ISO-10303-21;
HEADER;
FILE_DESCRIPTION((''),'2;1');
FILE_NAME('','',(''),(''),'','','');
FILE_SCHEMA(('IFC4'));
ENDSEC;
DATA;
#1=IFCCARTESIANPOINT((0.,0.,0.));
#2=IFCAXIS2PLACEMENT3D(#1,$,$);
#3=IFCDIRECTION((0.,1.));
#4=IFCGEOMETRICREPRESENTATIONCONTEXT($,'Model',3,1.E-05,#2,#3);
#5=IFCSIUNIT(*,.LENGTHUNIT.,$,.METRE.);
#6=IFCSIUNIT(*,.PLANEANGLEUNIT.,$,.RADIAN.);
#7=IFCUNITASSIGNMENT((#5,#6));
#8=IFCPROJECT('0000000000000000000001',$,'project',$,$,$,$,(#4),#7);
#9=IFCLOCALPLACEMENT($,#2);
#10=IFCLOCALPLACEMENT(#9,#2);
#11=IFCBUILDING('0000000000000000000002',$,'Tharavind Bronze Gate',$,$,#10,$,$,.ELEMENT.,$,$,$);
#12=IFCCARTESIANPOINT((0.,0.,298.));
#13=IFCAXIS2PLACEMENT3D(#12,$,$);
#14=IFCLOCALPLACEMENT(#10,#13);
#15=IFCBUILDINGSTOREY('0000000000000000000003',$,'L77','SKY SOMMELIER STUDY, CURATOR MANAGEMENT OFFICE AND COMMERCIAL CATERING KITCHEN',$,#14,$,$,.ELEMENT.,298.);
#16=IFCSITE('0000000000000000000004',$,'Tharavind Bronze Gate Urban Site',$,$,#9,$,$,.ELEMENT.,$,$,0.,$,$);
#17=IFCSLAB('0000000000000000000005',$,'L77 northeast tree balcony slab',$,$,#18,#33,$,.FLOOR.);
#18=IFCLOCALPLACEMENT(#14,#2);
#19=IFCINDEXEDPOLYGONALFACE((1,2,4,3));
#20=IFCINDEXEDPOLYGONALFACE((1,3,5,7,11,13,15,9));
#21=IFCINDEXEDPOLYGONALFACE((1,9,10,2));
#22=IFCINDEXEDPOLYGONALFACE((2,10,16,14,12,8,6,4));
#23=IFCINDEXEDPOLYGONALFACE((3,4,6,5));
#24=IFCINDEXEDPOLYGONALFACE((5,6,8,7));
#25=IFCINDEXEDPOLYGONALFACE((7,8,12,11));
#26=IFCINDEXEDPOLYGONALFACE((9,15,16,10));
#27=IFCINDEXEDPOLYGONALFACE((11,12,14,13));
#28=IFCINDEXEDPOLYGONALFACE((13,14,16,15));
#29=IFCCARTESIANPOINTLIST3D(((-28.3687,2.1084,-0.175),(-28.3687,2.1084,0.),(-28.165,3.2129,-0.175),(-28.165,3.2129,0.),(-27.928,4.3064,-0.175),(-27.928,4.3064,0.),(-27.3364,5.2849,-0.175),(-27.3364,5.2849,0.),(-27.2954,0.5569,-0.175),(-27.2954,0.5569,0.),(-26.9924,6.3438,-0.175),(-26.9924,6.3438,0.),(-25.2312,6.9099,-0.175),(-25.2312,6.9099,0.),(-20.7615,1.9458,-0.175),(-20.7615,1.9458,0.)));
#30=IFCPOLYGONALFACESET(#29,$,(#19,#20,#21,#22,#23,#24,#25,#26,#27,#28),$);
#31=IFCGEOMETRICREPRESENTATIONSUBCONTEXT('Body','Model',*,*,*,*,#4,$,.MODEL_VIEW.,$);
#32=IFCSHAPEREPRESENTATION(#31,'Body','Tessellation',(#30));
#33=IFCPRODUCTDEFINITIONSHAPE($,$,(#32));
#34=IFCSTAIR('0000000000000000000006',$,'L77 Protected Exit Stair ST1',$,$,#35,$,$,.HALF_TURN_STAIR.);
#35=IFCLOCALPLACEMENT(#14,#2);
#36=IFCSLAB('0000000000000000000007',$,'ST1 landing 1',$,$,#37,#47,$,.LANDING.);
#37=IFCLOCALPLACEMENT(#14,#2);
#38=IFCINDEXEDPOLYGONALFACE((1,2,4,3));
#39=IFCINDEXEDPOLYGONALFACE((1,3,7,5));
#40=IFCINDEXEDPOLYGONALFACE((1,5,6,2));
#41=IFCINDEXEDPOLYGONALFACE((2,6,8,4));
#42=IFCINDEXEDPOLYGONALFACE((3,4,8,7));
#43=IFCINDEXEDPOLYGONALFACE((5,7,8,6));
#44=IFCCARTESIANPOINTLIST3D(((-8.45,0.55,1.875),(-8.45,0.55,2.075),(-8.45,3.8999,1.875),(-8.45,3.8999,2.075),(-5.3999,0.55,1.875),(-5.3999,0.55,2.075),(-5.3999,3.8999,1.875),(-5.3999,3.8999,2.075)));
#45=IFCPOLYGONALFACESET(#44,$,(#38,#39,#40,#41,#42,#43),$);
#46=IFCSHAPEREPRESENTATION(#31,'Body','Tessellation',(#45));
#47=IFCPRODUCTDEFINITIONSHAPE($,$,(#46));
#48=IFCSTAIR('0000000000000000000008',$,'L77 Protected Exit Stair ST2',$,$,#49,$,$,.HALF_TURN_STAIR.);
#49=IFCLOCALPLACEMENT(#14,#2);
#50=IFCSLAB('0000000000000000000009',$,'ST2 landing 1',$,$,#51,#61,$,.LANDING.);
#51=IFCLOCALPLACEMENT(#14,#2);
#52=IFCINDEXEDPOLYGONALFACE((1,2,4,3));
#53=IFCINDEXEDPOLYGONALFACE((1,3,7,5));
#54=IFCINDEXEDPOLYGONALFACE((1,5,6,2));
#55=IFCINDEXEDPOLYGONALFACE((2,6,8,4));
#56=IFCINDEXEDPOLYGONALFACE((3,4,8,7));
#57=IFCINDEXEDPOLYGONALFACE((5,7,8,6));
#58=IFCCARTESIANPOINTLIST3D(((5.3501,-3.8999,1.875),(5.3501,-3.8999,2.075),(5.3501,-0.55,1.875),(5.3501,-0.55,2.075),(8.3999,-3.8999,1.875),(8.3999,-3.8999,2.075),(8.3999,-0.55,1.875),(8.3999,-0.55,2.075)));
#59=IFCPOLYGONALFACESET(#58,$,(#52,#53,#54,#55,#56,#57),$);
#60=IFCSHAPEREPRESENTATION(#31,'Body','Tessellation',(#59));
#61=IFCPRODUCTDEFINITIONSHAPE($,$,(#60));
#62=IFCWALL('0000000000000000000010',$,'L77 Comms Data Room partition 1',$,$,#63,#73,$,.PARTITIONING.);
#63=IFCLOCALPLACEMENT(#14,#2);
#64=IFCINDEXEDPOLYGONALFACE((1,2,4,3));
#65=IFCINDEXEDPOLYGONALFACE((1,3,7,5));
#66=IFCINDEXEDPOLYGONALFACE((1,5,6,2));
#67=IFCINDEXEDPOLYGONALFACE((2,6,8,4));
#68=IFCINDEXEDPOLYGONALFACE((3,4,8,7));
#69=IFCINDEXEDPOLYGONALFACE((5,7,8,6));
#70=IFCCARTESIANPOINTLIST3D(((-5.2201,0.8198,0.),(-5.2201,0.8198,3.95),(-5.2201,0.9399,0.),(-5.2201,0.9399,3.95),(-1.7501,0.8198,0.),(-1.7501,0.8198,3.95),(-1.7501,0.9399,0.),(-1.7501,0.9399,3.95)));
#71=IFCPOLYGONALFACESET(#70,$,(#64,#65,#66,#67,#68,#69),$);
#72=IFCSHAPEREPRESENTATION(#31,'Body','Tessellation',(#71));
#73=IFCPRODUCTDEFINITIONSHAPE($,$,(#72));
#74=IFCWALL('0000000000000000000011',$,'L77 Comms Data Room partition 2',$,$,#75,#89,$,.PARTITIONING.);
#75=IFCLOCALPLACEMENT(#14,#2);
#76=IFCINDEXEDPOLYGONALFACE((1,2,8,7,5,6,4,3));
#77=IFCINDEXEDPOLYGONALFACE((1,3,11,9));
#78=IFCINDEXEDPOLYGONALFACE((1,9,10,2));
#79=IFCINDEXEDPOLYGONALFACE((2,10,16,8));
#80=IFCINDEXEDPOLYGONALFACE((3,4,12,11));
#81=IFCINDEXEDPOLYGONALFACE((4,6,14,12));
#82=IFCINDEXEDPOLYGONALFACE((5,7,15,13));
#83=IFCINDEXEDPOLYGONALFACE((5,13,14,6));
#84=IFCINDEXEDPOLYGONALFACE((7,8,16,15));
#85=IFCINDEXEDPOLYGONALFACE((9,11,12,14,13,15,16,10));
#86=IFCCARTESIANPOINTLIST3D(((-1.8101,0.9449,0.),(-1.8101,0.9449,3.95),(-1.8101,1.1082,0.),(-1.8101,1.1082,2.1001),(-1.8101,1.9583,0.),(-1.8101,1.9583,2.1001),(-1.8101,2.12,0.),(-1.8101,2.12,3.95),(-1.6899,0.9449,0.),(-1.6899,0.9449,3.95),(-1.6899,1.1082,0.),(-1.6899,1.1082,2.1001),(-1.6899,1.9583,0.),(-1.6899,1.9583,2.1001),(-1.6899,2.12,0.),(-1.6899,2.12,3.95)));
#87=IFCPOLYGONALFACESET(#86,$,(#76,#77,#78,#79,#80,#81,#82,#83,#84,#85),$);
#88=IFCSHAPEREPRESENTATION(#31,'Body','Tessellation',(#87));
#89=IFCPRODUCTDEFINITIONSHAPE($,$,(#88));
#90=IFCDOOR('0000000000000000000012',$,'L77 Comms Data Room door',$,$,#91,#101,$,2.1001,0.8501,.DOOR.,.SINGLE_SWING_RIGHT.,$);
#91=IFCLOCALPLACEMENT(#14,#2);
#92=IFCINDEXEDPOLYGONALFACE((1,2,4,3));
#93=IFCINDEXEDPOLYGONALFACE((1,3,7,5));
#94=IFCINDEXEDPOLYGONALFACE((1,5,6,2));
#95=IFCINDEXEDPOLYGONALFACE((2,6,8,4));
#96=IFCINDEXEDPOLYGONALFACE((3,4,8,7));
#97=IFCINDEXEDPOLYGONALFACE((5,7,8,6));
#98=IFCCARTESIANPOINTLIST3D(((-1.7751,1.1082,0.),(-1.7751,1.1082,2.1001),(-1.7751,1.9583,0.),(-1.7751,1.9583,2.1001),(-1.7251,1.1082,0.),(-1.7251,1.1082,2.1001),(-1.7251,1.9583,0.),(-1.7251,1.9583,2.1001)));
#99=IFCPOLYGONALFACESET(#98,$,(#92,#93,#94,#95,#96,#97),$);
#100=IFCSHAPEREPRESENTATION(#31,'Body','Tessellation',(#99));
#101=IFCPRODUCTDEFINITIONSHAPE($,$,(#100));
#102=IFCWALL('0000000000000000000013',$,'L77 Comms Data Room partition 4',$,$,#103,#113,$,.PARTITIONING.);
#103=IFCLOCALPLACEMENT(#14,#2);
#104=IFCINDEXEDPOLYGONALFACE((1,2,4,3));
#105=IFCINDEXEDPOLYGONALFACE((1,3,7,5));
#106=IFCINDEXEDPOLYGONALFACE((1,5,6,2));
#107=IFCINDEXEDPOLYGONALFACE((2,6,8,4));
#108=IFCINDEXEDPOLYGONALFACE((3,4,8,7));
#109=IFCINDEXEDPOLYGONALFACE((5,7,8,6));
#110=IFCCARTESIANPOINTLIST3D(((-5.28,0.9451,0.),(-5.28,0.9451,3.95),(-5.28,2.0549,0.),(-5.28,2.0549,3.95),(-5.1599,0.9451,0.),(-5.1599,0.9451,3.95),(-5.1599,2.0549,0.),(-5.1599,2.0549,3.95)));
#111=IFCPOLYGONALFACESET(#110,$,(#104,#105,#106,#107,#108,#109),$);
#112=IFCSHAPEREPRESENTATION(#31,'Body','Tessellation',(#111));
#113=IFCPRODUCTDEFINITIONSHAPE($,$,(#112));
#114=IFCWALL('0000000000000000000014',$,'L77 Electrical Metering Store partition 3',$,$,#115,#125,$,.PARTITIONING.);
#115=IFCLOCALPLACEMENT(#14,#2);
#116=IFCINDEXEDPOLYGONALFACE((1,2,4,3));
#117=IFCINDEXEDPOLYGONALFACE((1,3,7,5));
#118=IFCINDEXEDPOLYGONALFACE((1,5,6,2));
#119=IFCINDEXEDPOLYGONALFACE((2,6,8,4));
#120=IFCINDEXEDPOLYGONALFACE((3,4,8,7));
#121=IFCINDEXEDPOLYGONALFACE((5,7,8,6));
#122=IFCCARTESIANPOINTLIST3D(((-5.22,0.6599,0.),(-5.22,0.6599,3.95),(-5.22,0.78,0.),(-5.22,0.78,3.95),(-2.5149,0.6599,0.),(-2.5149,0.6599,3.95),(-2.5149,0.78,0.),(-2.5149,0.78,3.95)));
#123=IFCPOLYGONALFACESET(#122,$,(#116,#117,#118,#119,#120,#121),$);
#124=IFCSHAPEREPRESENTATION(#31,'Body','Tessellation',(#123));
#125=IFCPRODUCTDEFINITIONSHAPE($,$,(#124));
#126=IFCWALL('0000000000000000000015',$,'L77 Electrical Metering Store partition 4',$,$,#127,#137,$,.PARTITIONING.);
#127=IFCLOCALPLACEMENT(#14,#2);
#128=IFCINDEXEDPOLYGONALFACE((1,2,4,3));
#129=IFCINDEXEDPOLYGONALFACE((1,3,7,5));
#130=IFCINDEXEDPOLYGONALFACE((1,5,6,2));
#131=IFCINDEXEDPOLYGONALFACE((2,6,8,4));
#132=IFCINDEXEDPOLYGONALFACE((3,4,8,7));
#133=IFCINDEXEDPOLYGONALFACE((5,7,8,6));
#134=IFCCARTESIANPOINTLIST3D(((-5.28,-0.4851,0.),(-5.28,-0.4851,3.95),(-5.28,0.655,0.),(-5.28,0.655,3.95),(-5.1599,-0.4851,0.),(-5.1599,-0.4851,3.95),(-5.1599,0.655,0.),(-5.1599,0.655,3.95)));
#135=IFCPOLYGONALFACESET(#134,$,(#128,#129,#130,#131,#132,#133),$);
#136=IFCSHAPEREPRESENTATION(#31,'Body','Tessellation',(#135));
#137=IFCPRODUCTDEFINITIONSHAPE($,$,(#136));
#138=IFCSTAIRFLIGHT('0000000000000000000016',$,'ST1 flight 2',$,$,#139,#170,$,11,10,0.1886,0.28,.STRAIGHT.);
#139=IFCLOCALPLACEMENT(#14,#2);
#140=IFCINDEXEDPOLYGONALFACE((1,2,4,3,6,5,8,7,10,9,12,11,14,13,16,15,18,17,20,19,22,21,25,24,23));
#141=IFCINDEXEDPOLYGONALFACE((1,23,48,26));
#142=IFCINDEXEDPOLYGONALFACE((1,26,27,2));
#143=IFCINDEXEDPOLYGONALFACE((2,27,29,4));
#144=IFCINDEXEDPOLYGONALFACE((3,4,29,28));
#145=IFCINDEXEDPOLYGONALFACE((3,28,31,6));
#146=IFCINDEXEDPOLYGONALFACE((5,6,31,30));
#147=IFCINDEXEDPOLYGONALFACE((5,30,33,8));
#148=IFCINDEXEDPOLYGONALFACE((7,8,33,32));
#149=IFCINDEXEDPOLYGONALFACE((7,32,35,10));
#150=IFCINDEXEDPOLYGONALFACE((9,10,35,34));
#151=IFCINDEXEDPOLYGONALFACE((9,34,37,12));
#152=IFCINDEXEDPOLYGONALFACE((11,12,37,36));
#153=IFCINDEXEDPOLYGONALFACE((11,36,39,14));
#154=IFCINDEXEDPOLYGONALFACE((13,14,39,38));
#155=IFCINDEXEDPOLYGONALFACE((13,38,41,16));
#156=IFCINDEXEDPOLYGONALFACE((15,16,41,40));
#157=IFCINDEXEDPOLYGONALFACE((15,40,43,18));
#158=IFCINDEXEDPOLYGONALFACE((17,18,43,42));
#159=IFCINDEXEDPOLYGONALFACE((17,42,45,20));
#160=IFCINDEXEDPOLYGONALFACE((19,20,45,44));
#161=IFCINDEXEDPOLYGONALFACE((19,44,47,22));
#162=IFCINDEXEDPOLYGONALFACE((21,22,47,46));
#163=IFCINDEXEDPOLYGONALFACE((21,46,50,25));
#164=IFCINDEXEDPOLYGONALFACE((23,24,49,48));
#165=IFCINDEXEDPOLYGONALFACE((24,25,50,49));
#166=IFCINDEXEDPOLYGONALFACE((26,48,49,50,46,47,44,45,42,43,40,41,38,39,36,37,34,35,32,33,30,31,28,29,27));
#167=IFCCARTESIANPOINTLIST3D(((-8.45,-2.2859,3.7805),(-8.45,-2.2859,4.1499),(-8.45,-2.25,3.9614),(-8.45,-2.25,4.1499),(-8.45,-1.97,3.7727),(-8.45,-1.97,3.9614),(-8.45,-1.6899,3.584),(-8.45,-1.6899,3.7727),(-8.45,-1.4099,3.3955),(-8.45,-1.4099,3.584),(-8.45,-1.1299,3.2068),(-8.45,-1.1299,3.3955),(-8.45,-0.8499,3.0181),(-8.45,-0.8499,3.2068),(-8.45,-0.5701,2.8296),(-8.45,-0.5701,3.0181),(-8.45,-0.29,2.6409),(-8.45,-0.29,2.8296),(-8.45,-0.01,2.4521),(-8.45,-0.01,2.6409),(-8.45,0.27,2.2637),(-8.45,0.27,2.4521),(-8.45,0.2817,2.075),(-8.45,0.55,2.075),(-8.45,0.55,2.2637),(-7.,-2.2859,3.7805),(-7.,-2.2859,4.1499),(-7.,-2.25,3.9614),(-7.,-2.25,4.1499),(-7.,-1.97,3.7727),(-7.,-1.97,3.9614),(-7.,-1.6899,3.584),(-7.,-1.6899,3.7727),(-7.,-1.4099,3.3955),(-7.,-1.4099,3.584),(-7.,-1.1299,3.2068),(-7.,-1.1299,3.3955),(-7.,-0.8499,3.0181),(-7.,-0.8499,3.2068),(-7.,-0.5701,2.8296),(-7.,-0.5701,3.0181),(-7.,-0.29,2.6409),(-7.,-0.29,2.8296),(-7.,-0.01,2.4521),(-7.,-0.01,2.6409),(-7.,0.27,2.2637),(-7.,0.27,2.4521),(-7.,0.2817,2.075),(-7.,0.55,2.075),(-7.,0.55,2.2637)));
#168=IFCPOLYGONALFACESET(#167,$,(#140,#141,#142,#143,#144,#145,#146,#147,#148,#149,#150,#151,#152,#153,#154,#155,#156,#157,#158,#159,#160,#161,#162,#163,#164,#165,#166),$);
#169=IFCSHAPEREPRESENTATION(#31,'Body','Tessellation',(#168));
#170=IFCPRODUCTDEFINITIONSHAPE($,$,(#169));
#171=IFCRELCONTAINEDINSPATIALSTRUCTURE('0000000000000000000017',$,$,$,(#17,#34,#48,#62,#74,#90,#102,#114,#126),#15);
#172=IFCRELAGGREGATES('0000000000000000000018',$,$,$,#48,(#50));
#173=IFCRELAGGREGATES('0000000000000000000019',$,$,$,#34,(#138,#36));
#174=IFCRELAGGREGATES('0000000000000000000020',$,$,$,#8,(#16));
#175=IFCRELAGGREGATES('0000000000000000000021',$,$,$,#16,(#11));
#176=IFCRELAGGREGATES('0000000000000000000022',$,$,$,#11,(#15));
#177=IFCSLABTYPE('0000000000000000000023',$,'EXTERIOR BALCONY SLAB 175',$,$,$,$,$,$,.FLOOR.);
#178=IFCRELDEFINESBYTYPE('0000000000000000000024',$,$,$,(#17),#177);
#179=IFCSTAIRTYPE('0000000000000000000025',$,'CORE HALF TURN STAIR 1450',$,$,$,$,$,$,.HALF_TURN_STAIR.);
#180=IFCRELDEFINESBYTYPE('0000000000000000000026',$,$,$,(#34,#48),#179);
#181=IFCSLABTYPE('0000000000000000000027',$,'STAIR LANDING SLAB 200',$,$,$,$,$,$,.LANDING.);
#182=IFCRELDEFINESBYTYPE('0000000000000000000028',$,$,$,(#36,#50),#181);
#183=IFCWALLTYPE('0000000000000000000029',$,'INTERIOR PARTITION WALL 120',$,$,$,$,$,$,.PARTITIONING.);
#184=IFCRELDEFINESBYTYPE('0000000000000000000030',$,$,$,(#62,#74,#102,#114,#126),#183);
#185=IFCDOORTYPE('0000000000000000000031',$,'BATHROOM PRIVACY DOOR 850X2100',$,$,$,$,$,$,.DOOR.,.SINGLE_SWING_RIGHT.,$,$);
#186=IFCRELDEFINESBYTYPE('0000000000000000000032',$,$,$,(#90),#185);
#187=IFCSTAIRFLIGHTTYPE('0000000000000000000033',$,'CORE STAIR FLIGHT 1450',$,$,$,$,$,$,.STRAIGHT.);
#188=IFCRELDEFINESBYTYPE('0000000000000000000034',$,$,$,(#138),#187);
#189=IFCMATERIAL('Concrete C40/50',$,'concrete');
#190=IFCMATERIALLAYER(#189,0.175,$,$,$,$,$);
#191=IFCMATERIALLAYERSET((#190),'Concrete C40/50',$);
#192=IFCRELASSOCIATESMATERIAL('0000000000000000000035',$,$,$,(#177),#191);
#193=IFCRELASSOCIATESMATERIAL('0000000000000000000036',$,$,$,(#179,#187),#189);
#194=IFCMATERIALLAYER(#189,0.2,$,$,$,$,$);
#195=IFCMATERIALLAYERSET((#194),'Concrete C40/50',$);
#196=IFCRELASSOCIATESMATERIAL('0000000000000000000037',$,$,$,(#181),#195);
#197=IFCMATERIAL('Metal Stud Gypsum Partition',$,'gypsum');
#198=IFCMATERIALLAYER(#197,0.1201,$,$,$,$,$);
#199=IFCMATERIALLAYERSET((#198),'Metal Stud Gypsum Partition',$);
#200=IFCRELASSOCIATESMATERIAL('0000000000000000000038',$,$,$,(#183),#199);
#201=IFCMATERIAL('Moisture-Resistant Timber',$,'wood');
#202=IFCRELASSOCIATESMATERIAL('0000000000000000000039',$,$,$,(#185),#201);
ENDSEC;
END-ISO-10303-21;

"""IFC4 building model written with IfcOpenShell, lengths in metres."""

from ifc_helpers import new_model, si_unit, direction, frame, frame_2d, origin, place, context, subcontext, project, spatial, polyline, rectangle, outline, extrude, material, layer, layer_set, type_object, element, fill, aggregate, save


model = new_model("IFC4")

# Units and contexts
model_context = context("Model", 3, precision=1e-05, world=origin(), true_north=direction((0.0, 1.0)))
body_context = subcontext(model_context, "Body", "Model", "MODEL_VIEW")
ifc_project = project(units=[si_unit("LENGTHUNIT", "METRE"), si_unit("PLANEANGLEUNIT", "RADIAN")], contexts=[model_context])

# Site, building, storey
site_placement = place(None, origin())
site = spatial("IfcSite", under=ifc_project, at=site_placement, Name="Tharavind Bronze Gate Urban Site", CompositionType="ELEMENT", RefElevation=0.0)
building_placement = place(site_placement, origin())
building = spatial("IfcBuilding", under=site, at=building_placement, Name="Tharavind Bronze Gate", CompositionType="ELEMENT")
storey_placement = place(building_placement, frame((0.0, 0.0, 298.0)))
storey = spatial("IfcBuildingStorey", under=building, at=storey_placement, Name="L77", Description="SKY SOMMELIER STUDY, CURATOR MANAGEMENT OFFICE AND COMMERCIAL CATERING KITCHEN", CompositionType="ELEMENT", Elevation=298.0)

# Slab
ifc_material_1 = material(Name="Concrete C40/50", Category="concrete")
ifc_layer_1 = layer(ifc_material_1, 0.175)
ifc_layer_set_1 = layer_set([ifc_layer_1], Name="Concrete C40/50")
slab_type_1 = type_object("IfcSlabType", Name="EXTERIOR BALCONY SLAB 175", PredefinedType="FLOOR", material=ifc_layer_set_1)
slab_1_placement = place(storey_placement, frame((0.0, 0.0, -0.175)))
element("IfcSlab", 1, at=slab_1_placement, inside=storey, type_object=slab_type_1, Name="L77 northeast tree balcony slab", PredefinedType="FLOOR", context=body_context, shape_type="SweptSolid", body=[
    extrude(outline(polyline([(-26.9924, 6.3438), (-27.3364, 5.2849), (-27.928, 4.3064), (-28.165, 3.2129), (-28.3687, 2.1084), (-27.2954, 0.5569), (-20.7615, 1.9458), (-25.2312, 6.9099), (-26.9924, 6.3438)])), origin(), (0.0, 0.0, 1.0), 0.175),
])

# Stairs, slabs
stair_type = type_object("IfcStairType", Name="CORE HALF TURN STAIR 1450", PredefinedType="HALF_TURN_STAIR", material=ifc_material_1)
stair_1_placement = place(storey_placement, origin())
stair_1 = element("IfcStair", 2, at=stair_1_placement, inside=storey, type_object=stair_type, Name="L77 Protected Exit Stair ST1", PredefinedType="HALF_TURN_STAIR")
ifc_layer_2 = layer(ifc_material_1, 0.2)
ifc_layer_set_2 = layer_set([ifc_layer_2], Name="Concrete C40/50")
slab_type_2 = type_object("IfcSlabType", Name="STAIR LANDING SLAB 200", PredefinedType="LANDING", material=ifc_layer_set_2)
slab_2_placement = place(storey_placement, frame((0.0, 0.0, 1.875)))
slab_2 = element("IfcSlab", 3, at=slab_2_placement, type_object=slab_type_2, Name="ST1 landing 1", PredefinedType="LANDING", context=body_context, shape_type="SweptSolid", body=[
    extrude(outline(polyline([(-5.3999, 0.55), (-5.3999, 3.8999), (-8.45, 3.8999), (-8.45, 0.55), (-5.3999, 0.55)])), origin(), (0.0, 0.0, 1.0), 0.2),
])
stair_2_placement = place(storey_placement, origin())
stair_2 = element("IfcStair", 4, at=stair_2_placement, inside=storey, type_object=stair_type, Name="L77 Protected Exit Stair ST2", PredefinedType="HALF_TURN_STAIR")
slab_3_placement = place(storey_placement, frame((0.0, 0.0, 1.875)))
slab_3 = element("IfcSlab", 5, at=slab_3_placement, type_object=slab_type_2, Name="ST2 landing 1", PredefinedType="LANDING", context=body_context, shape_type="SweptSolid", body=[
    extrude(outline(polyline([(5.3501, -0.55), (5.3501, -3.8999), (8.3999, -3.8999), (8.3999, -0.55), (5.3501, -0.55)])), origin(), (0.0, 0.0, 1.0), 0.2),
])
aggregate(stair_2, [slab_3])

# Wall
ifc_material_2 = material(Name="Metal Stud Gypsum Partition", Category="gypsum")
ifc_layer_3 = layer(ifc_material_2, 0.1201)
ifc_layer_set_3 = layer_set([ifc_layer_3], Name="Metal Stud Gypsum Partition")
wall_type = type_object("IfcWallType", Name="INTERIOR PARTITION WALL 120", PredefinedType="PARTITIONING", material=ifc_layer_set_3)
wall_1_placement = place(storey_placement, frame((-5.22, 0.8799, 0.0), z_axis=(0.0, 0.0, 1.0), x_axis=(1.0, 0.0, 0.0)))
element("IfcWall", 6, at=wall_1_placement, inside=storey, type_object=wall_type, Name="L77 Comms Data Room partition 1", PredefinedType="PARTITIONING", context=body_context, shape_type="SweptSolid", body=[
    extrude(rectangle(XDim=3.47, YDim=0.1201, at=frame_2d((1.7349, 0.0))), origin(), (0.0, 0.0, 1.0), 3.95),
])

# Wall, opening, door
wall_2_placement = place(storey_placement, frame((-1.75, 0.9451, 0.0), z_axis=(0.0, 0.0, 1.0), x_axis=(0.0, 1.0, 0.0)))
wall_2 = element("IfcWall", 7, at=wall_2_placement, inside=storey, type_object=wall_type, Name="L77 Comms Data Room partition 2", PredefinedType="PARTITIONING", context=body_context, shape_type="SweptSolid", body=[
    extrude(rectangle(XDim=1.175, YDim=0.1201, at=frame_2d((0.5874, 0.0))), origin(), (0.0, 0.0, 1.0), 3.95),
])
opening_placement = place(wall_2_placement, frame((0.1631, 0.0, 0.0)))
opening = element("IfcOpeningElement", 8, at=opening_placement, cuts=wall_2, PredefinedType="OPENING", context=body_context, shape_type="SweptSolid", body=[
    extrude(rectangle(XDim=0.8501, YDim=2.1001, at=frame_2d((0.425, 1.05))), frame((0.0, 0.0701, 0.0), z_axis=(0.0, -1.0, 0.0), x_axis=(1.0, 0.0, 0.0)), (0.0, 0.0, 1.0), 0.1401),
])
ifc_material_3 = material(Name="Moisture-Resistant Timber", Category="wood")
door_type = type_object("IfcDoorType", Name="BATHROOM PRIVACY DOOR 850X2100", OperationType="SINGLE_SWING_RIGHT", PredefinedType="DOOR", material=ifc_material_3)
door_placement = place(opening_placement, frame((0.8501, 0.0, 0.0), z_axis=(0.0, 0.0, 1.0), x_axis=(-1.0, 0.0, 0.0)))
door = element("IfcDoor", 9, at=door_placement, inside=storey, type_object=door_type, Name="L77 Comms Data Room door", OperationType="SINGLE_SWING_RIGHT", OverallHeight=2.1001, OverallWidth=0.8501, PredefinedType="DOOR", context=body_context, shape_type="SweptSolid", body=[
    extrude(rectangle(XDim=0.8501, YDim=2.1001, at=frame_2d((0.425, 1.05))), frame((0.0, 0.0249, 0.0), z_axis=(0.0, -1.0, 0.0), x_axis=(1.0, 0.0, 0.0)), (0.0, 0.0, 1.0), 0.05),
])
fill(opening, door)

# Walls
wall_3_placement = place(storey_placement, frame((-5.22, 2.0549, 0.0), z_axis=(0.0, 0.0, 1.0), x_axis=(0.0, -1.0, 0.0)))
element("IfcWall", 10, at=wall_3_placement, inside=storey, type_object=wall_type, Name="L77 Comms Data Room partition 4", PredefinedType="PARTITIONING", context=body_context, shape_type="SweptSolid", body=[
    extrude(rectangle(XDim=1.1099, YDim=0.1201, at=frame_2d((0.5549, 0.0))), origin(), (0.0, 0.0, 1.0), 3.95),
])
wall_4_placement = place(storey_placement, frame((-2.5149, 0.72, 0.0), z_axis=(0.0, 0.0, 1.0), x_axis=(-1.0, 0.0, 0.0)))
element("IfcWall", 11, at=wall_4_placement, inside=storey, type_object=wall_type, Name="L77 Electrical Metering Store partition 3", PredefinedType="PARTITIONING", context=body_context, shape_type="SweptSolid", body=[
    extrude(rectangle(XDim=2.7051, YDim=0.1201, at=frame_2d((1.3525, 0.0))), origin(), (0.0, 0.0, 1.0), 3.95),
])
wall_5_placement = place(storey_placement, frame((-5.22, 0.655, 0.0), z_axis=(0.0, 0.0, 1.0), x_axis=(0.0, -1.0, 0.0)))
element("IfcWall", 12, at=wall_5_placement, inside=storey, type_object=wall_type, Name="L77 Electrical Metering Store partition 4", PredefinedType="PARTITIONING", context=body_context, shape_type="SweptSolid", body=[
    extrude(rectangle(XDim=1.1401, YDim=0.1201, at=frame_2d((0.5701, 0.0))), origin(), (0.0, 0.0, 1.0), 3.95),
])

# Stair flight
stair_flight_type = type_object("IfcStairFlightType", Name="CORE STAIR FLIGHT 1450", PredefinedType="STRAIGHT", material=ifc_material_1)
stair_flight_placement = place(storey_placement, frame((-7.7251, 0.55, 2.075), z_axis=(0.0, 0.0, 1.0), x_axis=(0.0, -1.0, 0.0)))
stair_flight = element("IfcStairFlight", 13, at=stair_flight_placement, type_object=stair_flight_type, Name="ST1 flight 2", NumberOfRisers=11, NumberOfTreads=10, PredefinedType="STRAIGHT", RiserHeight=0.1886, TreadLength=0.28, context=body_context, shape_type="SweptSolid", body=[
    extrude(outline(polyline([(0.0, 0.0), (0.0, 0.1887), (0.28, 0.1887), (0.28, 0.3772), (0.5601, 0.3772), (0.5601, 0.5659), (0.8401, 0.5659), (0.8401, 0.7546), (1.1201, 0.7546), (1.1201, 0.9431), (1.3999, 0.9431), (1.3999, 1.1318), (1.6799, 1.1318), (1.6799, 1.3206), (1.96, 1.3206), (1.96, 1.509), (2.24, 1.509), (2.24, 1.6978), (2.52, 1.6978), (2.52, 1.8865), (2.8, 1.8865), (2.8, 2.075), (2.8359, 2.075), (2.8359, 1.7056), (0.2683, 0.0), (0.0, 0.0)])), frame((0.0, 0.7251, 0.0), z_axis=(0.0, -1.0, 0.0), x_axis=(1.0, 0.0, 0.0)), (0.0, 0.0, 1.0), 1.45),
])
aggregate(stair_1, [stair_flight, slab_2])

save(model, "model.ifc")
